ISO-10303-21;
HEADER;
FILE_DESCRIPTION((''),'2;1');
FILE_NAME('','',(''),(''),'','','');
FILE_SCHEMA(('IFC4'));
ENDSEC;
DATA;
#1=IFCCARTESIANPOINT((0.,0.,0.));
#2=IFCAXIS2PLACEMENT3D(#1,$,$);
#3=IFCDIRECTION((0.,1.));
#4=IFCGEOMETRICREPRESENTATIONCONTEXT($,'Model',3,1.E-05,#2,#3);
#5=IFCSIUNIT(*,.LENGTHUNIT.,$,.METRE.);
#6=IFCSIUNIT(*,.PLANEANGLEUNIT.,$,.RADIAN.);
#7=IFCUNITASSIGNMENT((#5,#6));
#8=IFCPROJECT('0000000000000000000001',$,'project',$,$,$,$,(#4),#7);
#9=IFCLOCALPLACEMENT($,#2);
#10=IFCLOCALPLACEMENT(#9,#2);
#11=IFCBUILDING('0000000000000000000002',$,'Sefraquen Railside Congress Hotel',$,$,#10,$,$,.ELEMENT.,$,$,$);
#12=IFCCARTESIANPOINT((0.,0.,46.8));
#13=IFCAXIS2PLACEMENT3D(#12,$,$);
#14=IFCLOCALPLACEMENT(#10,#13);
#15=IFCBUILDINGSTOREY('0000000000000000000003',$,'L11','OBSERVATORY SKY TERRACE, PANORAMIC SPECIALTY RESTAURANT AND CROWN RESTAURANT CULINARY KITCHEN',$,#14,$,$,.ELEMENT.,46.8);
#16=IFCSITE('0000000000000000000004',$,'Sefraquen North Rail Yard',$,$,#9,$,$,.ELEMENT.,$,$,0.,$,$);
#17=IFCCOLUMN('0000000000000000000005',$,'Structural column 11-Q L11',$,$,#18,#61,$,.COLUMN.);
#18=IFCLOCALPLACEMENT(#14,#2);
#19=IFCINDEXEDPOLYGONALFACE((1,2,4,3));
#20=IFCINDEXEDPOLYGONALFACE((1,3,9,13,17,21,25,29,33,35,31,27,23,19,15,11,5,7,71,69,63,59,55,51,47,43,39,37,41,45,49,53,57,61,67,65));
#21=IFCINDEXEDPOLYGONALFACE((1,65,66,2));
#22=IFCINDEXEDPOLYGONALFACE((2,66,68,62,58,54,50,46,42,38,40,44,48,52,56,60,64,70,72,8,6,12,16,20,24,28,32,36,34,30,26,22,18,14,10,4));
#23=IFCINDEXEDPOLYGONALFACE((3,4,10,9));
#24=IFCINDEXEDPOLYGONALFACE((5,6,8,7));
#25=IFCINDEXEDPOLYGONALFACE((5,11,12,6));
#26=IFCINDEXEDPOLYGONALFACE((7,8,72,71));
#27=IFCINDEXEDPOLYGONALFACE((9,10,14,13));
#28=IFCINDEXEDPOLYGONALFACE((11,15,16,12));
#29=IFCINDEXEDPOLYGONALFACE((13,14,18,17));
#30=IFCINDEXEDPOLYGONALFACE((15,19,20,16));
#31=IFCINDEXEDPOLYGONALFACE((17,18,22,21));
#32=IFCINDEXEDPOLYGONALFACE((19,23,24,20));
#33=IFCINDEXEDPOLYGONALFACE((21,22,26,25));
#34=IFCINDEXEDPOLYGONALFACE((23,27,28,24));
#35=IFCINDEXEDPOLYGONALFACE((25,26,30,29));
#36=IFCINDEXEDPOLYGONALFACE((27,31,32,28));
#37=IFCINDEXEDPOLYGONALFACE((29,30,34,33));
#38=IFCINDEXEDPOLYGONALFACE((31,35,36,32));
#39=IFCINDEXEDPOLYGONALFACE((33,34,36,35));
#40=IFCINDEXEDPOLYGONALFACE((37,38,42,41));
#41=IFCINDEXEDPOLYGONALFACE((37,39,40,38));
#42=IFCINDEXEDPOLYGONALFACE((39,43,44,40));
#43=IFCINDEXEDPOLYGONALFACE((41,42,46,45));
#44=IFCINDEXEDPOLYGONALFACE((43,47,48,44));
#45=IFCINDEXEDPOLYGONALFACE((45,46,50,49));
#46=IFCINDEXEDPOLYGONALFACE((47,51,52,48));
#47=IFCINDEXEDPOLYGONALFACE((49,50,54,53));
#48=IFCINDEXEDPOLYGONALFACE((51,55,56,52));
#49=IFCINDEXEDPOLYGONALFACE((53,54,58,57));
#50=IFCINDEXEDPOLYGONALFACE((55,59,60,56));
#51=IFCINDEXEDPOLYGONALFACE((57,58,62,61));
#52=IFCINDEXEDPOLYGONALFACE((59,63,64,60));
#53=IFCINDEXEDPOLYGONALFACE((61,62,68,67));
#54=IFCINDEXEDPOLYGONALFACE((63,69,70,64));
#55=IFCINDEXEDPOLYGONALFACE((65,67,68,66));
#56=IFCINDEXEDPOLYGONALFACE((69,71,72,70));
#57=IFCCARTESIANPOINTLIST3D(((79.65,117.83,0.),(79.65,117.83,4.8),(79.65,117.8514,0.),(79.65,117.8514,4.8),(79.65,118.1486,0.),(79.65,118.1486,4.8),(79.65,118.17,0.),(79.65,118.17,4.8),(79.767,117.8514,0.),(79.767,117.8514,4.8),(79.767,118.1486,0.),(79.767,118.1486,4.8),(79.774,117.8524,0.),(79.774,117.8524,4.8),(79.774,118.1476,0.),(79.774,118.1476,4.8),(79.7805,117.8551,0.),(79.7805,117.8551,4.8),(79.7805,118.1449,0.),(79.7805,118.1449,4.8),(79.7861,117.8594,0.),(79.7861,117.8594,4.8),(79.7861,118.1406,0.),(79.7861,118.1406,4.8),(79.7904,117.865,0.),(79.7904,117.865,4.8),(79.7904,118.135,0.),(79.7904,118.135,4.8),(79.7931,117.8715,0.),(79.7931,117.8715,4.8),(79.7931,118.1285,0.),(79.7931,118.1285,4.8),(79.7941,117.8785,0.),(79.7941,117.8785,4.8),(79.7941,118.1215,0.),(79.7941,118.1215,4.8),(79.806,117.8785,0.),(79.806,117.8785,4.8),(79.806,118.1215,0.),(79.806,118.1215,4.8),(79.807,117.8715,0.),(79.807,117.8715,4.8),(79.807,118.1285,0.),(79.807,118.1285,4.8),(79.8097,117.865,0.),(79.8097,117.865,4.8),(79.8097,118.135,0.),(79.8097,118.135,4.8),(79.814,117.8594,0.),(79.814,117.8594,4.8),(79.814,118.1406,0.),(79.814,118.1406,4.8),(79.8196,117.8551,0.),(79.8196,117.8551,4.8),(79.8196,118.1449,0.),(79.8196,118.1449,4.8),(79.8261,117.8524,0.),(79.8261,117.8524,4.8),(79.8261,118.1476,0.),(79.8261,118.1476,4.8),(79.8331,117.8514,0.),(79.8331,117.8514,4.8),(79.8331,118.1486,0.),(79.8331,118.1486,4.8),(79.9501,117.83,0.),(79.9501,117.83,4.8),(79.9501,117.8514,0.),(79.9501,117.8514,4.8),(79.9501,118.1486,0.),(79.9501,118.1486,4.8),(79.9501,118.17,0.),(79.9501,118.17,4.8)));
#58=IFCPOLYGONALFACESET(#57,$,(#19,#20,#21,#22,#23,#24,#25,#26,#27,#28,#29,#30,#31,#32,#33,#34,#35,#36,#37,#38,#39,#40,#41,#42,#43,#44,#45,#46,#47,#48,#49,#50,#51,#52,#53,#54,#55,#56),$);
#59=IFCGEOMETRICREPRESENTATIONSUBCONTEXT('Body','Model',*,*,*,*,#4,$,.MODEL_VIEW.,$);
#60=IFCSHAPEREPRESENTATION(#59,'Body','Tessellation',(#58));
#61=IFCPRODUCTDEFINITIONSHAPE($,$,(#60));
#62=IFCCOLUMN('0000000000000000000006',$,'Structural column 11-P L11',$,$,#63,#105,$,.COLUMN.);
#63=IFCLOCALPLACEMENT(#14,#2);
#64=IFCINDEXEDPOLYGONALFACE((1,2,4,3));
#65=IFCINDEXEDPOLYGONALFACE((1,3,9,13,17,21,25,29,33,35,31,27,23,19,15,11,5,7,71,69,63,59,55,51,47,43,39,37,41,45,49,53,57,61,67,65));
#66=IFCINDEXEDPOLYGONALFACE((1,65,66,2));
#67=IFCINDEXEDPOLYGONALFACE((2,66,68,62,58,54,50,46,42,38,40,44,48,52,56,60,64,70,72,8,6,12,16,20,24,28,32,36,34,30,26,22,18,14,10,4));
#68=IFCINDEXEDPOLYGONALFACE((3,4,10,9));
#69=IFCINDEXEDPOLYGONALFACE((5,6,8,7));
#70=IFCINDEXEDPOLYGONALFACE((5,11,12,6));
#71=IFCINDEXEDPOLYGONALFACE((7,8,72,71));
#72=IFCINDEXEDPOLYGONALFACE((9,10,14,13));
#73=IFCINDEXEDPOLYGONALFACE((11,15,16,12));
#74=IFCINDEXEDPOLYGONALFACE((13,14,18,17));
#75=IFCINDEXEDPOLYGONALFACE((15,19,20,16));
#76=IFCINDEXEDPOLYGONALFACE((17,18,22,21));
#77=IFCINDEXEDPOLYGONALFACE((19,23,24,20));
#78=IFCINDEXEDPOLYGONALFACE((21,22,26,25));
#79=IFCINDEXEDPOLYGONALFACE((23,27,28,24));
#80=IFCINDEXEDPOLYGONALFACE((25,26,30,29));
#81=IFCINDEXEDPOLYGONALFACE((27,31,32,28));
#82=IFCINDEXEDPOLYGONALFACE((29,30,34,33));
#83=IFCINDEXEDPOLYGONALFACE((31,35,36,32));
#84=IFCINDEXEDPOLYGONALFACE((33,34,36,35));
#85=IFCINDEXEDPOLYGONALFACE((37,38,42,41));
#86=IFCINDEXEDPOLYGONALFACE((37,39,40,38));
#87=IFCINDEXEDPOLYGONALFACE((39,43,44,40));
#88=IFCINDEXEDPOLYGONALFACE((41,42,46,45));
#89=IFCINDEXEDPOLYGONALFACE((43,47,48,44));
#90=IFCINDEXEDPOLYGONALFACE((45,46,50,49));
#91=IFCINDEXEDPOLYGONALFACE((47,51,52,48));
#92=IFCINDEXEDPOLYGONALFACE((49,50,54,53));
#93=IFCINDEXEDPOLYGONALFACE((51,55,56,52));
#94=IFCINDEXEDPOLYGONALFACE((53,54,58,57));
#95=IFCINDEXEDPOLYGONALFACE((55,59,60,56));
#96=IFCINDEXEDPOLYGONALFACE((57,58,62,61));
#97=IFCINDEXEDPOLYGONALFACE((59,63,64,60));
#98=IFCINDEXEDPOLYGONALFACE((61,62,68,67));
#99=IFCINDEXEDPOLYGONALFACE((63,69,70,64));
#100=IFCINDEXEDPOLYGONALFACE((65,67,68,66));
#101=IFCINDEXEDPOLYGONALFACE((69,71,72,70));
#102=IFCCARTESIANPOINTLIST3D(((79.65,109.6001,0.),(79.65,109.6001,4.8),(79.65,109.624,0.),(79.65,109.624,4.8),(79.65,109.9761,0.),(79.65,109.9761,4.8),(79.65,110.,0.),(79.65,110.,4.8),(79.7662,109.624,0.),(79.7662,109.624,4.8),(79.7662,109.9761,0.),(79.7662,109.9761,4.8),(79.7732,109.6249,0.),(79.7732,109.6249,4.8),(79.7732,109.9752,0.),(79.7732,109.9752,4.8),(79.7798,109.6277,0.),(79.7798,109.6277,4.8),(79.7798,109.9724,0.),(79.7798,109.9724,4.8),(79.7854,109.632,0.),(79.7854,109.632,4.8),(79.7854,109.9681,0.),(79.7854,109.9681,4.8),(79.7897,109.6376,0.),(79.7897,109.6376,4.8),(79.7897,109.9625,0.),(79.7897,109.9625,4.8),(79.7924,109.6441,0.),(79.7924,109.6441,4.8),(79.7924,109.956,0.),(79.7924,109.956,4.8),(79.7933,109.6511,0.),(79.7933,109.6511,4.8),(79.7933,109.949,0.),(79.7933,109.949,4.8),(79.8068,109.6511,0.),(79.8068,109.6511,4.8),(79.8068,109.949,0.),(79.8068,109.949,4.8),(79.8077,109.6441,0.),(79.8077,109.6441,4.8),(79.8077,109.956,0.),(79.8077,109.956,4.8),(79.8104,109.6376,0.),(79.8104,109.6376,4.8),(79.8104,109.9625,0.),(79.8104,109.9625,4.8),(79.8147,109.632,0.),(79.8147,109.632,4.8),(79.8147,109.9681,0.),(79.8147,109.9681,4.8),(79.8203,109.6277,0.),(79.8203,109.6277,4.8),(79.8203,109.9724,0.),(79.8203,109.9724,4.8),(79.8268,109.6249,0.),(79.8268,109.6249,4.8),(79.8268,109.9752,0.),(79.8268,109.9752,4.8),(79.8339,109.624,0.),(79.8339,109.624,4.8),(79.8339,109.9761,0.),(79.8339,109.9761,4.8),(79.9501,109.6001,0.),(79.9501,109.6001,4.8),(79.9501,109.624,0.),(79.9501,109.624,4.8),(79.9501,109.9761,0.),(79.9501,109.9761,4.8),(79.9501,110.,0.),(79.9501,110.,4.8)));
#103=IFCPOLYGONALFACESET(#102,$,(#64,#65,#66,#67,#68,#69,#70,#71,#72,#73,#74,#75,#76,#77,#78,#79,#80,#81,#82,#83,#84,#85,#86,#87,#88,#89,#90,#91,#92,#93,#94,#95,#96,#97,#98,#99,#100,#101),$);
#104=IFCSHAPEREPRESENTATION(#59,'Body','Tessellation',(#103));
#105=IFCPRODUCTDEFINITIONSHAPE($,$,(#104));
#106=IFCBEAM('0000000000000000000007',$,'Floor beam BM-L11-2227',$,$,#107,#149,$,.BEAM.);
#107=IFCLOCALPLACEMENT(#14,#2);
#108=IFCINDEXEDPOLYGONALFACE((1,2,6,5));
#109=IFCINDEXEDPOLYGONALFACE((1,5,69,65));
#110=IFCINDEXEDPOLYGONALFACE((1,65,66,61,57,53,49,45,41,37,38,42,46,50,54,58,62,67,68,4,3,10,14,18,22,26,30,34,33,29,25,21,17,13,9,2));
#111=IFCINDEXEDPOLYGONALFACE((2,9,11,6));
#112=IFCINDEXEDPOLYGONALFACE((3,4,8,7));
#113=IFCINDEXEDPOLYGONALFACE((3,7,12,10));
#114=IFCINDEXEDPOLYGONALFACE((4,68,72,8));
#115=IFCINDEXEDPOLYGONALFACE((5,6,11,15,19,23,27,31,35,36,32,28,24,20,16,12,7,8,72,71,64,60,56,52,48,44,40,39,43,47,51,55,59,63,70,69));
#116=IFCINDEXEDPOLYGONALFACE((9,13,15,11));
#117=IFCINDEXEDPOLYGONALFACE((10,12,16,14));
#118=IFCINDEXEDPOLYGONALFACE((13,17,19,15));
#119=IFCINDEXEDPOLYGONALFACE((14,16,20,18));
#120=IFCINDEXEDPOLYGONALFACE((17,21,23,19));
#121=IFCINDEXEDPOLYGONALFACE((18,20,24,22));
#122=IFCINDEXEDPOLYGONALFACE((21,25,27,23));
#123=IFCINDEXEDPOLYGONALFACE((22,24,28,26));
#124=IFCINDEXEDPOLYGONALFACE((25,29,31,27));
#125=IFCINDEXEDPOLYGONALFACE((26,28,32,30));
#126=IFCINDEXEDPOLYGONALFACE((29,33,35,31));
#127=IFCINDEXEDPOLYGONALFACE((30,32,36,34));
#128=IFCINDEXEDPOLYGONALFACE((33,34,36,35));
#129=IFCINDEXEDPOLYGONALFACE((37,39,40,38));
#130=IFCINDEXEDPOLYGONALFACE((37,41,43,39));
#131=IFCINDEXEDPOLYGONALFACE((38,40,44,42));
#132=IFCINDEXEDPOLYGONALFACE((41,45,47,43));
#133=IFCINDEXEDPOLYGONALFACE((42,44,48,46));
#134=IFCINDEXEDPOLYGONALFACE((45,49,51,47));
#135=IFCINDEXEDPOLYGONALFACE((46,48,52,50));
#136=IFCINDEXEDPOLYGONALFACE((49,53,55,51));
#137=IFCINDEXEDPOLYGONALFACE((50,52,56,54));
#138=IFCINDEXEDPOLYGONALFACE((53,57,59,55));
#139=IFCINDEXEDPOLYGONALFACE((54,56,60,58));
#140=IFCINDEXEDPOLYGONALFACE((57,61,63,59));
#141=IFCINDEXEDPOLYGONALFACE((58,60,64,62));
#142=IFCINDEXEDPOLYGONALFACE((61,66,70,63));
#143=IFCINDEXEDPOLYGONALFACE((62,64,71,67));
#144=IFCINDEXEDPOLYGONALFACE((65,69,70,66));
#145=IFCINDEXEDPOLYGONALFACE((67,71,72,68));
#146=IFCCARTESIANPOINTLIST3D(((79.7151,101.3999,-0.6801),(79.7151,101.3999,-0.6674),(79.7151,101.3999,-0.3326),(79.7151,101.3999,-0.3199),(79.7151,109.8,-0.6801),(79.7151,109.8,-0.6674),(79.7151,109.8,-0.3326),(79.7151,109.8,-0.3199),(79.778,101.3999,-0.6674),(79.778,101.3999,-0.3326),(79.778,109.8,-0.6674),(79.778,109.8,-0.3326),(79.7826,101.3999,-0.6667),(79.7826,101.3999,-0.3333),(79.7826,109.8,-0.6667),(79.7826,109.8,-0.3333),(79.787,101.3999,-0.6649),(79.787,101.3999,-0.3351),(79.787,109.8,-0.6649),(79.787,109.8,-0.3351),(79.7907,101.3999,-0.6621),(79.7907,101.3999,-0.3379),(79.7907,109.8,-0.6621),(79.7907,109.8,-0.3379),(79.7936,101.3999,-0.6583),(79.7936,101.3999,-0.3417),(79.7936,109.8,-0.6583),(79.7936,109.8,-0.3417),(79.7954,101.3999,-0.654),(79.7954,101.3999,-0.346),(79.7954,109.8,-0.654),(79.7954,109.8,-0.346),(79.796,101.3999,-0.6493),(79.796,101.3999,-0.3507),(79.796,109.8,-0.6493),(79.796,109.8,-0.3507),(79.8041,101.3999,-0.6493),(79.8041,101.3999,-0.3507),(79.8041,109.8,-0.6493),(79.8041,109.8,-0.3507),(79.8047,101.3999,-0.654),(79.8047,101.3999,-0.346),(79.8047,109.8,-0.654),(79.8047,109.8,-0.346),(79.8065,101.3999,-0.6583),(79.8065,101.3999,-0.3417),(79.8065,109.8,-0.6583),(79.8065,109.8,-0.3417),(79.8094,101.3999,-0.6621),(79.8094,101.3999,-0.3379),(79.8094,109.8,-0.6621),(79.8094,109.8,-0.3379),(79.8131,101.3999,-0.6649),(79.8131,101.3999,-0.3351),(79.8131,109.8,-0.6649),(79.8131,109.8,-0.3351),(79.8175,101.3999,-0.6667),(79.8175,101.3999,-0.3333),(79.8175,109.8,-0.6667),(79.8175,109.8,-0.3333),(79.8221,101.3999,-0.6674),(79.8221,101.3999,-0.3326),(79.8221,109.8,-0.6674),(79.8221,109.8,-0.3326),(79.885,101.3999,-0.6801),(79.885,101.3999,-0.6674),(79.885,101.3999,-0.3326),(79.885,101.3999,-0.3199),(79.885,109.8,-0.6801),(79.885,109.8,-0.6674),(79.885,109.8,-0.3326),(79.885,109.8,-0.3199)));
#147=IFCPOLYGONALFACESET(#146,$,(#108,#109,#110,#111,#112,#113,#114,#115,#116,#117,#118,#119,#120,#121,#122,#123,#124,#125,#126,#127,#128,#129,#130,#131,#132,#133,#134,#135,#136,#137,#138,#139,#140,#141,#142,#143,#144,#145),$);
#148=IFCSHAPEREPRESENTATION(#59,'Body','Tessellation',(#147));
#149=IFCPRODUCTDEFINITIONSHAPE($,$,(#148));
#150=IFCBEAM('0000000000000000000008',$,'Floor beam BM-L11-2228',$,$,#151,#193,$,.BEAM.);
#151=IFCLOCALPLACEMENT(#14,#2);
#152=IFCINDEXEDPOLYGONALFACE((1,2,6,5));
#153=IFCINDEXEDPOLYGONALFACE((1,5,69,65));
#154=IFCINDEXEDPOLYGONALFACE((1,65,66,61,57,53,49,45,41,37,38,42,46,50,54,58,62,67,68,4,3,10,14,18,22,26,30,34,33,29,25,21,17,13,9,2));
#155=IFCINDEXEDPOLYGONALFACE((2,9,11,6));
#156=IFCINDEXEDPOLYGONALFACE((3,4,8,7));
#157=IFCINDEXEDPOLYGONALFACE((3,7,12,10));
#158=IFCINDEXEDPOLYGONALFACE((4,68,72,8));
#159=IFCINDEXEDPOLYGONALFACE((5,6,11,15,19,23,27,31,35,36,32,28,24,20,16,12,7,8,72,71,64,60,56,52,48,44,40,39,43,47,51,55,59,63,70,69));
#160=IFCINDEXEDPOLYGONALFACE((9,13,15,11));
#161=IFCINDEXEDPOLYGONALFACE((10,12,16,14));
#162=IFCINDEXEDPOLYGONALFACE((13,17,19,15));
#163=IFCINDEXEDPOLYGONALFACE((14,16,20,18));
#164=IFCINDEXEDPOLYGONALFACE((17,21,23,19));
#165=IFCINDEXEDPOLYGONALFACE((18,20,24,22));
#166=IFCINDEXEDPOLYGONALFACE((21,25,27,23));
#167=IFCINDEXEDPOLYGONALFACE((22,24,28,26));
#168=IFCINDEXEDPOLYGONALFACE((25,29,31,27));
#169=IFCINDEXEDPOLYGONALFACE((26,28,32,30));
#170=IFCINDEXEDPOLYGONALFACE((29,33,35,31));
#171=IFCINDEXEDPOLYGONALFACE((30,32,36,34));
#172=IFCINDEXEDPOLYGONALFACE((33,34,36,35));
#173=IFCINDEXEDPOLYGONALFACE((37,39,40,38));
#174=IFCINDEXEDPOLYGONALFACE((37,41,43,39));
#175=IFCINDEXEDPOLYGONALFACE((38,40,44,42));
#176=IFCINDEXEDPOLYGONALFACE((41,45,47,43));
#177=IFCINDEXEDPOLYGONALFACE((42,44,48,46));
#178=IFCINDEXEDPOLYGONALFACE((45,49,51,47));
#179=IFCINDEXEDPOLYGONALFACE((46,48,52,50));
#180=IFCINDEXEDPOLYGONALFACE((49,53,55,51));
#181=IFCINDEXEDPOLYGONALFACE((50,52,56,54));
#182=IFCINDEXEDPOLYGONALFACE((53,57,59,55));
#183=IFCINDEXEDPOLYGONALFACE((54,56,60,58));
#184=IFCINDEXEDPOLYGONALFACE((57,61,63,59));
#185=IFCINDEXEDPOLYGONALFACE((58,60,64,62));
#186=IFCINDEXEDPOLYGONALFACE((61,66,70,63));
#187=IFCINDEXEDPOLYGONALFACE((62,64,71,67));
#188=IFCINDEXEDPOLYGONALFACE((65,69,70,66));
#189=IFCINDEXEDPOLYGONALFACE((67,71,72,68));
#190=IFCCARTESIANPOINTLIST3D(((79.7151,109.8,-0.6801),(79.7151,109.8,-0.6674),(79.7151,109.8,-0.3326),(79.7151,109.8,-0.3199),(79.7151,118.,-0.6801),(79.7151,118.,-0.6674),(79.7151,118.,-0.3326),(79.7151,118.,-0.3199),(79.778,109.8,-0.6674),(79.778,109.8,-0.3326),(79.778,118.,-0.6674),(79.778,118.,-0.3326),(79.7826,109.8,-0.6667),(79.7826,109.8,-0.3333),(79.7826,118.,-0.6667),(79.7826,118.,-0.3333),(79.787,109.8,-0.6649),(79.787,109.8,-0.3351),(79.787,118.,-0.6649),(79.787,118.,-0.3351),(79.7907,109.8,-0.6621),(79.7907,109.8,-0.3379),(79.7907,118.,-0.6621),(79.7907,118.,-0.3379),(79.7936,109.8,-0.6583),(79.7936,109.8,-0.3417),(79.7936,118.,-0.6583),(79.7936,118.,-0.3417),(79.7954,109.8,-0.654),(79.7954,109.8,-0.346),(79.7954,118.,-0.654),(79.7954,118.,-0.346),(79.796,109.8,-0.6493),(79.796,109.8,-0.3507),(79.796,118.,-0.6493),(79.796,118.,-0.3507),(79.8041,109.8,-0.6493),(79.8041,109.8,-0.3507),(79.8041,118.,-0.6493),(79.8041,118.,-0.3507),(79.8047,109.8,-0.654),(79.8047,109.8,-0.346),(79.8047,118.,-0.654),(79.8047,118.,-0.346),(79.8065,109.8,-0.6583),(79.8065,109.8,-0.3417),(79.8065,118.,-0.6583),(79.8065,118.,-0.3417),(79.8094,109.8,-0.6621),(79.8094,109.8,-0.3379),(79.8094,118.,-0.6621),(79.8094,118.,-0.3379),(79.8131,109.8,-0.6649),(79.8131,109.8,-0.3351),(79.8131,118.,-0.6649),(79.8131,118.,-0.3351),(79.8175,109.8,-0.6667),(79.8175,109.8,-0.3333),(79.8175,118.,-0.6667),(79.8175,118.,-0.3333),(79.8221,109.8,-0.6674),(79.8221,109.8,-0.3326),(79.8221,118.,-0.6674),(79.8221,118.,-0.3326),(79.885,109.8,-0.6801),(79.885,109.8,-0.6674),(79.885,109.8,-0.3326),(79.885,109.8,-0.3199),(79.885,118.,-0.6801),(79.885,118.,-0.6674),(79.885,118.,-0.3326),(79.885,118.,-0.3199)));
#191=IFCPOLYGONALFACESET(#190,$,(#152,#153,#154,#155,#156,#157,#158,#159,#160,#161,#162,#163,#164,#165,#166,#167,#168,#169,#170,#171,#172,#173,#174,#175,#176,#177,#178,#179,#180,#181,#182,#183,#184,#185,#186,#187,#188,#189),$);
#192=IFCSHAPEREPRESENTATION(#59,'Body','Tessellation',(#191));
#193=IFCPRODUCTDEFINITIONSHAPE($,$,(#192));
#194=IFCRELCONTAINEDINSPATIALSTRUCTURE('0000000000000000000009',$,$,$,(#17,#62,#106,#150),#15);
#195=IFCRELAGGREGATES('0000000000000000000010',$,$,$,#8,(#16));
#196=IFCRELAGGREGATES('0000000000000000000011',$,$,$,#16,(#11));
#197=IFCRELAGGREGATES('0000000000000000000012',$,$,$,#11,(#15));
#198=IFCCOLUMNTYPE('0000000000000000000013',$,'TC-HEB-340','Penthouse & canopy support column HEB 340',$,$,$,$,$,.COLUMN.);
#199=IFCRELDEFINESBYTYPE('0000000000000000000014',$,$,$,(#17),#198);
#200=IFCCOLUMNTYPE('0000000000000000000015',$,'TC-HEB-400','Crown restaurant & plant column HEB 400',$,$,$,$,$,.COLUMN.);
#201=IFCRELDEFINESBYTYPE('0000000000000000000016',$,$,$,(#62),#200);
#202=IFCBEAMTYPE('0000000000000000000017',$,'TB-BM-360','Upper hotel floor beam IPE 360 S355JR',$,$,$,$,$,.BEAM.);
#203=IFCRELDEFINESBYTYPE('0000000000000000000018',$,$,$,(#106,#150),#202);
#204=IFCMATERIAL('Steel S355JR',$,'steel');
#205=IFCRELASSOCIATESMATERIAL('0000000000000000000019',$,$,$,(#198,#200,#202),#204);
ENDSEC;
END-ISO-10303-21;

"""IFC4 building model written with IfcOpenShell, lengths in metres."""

from ifc_helpers import new_model, si_unit, direction, frame, origin, origin_2d, place, context, subcontext, project, spatial, i_section, extrude, material, material_profile, profile_set, type_object, element, save


model = new_model("IFC4")

# Units and contexts
model_context = context("Model", 3, precision=1e-05, world=origin(), true_north=direction((0.0, 1.0)))
body_context = subcontext(model_context, "Body", "Model", "MODEL_VIEW")
ifc_project = project(units=[si_unit("LENGTHUNIT", "METRE"), si_unit("PLANEANGLEUNIT", "RADIAN")], contexts=[model_context])

# Site, building, storey
site_placement = place(None, origin())
site = spatial("IfcSite", under=ifc_project, at=site_placement, Name="Sefraquen North Rail Yard", CompositionType="ELEMENT", RefElevation=0.0)
building_placement = place(site_placement, origin())
building = spatial("IfcBuilding", under=site, at=building_placement, Name="Sefraquen Railside Congress Hotel", CompositionType="ELEMENT")
storey_placement = place(building_placement, frame((0.0, 0.0, 46.8)))
storey = spatial("IfcBuildingStorey", under=building, at=storey_placement, Name="L11", Description="OBSERVATORY SKY TERRACE, PANORAMIC SPECIALTY RESTAURANT AND CROWN RESTAURANT CULINARY KITCHEN", CompositionType="ELEMENT", Elevation=46.8)

# Columns
ifc_material_1 = material(Name="Steel S355JR", Category="steel")
ifc_material_profile_1 = material_profile(ifc_material_1, i_section(OverallWidth=0.3, OverallDepth=0.3401, WebThickness=0.012, FlangeThickness=0.0215, FilletRadius=0.0271, at=origin_2d()), Name="HEB 340")
ifc_profile_set_1 = profile_set([ifc_material_profile_1], Name="Steel S355JR")
column_type_1 = type_object("IfcColumnType", Name="TC-HEB-340", Description="Penthouse & canopy support column HEB 340", PredefinedType="COLUMN", material=ifc_profile_set_1)
column_1_placement = place(storey_placement, frame((79.8, 118.0, 0.0), z_axis=(0.0, 0.0, 1.0), x_axis=(1.0, 0.0, 0.0)))
element("IfcColumn", 1, at=column_1_placement, inside=storey, type_object=column_type_1, Name="Structural column 11-Q L11", PredefinedType="COLUMN", context=body_context, shape_type="SweptSolid", body=[
    extrude(i_section(OverallWidth=0.3, OverallDepth=0.3401, WebThickness=0.012, FlangeThickness=0.0215, FilletRadius=0.0271, at=origin_2d()), origin(), (0.0, 0.0, 1.0), 4.8),
])
ifc_material_profile_2 = material_profile(ifc_material_1, i_section(OverallWidth=0.3, OverallDepth=0.3999, WebThickness=0.0134, FlangeThickness=0.0239, FilletRadius=0.0271, at=origin_2d()), Name="HEB 400")
ifc_profile_set_2 = profile_set([ifc_material_profile_2], Name="Steel S355JR")
column_type_2 = type_object("IfcColumnType", Name="TC-HEB-400", Description="Crown restaurant & plant column HEB 400", PredefinedType="COLUMN", material=ifc_profile_set_2)
column_2_placement = place(storey_placement, frame((79.8, 109.8, 0.0), z_axis=(0.0, 0.0, 1.0), x_axis=(1.0, 0.0, 0.0)))
element("IfcColumn", 2, at=column_2_placement, inside=storey, type_object=column_type_2, Name="Structural column 11-P L11", PredefinedType="COLUMN", context=body_context, shape_type="SweptSolid", body=[
    extrude(i_section(OverallWidth=0.3, OverallDepth=0.3999, WebThickness=0.0134, FlangeThickness=0.0239, FilletRadius=0.0271, at=origin_2d()), origin(), (0.0, 0.0, 1.0), 4.8),
])

# Beams
ifc_material_profile_3 = material_profile(ifc_material_1, i_section(OverallWidth=0.1699, OverallDepth=0.3601, WebThickness=0.0081, FlangeThickness=0.0127, FilletRadius=0.0181, at=origin_2d()), Name="IPE 360")
ifc_profile_set_3 = profile_set([ifc_material_profile_3], Name="Steel S355JR")
beam_type_1 = type_object("IfcBeamType", Name="TB-BM-360", Description="Upper hotel floor beam IPE 360 S355JR", PredefinedType="BEAM", material=ifc_profile_set_3)
beam_1_placement = place(storey_placement, frame((79.8, 101.3999, -0.5), z_axis=(0.0, 1.0, 0.0), x_axis=(-1.0, 0.0, 0.0)))
element("IfcBeam", 3, at=beam_1_placement, inside=storey, type_object=beam_type_1, Name="Floor beam BM-L11-2227", PredefinedType="BEAM", context=body_context, shape_type="SweptSolid", body=[
    extrude(i_section(OverallWidth=0.1699, OverallDepth=0.3601, WebThickness=0.0081, FlangeThickness=0.0127, FilletRadius=0.0181, at=origin_2d()), origin(), (0.0, 0.0, 1.0), 8.4001),
])
beam_2_placement = place(storey_placement, frame((79.8, 109.8, -0.5), z_axis=(0.0, 1.0, 0.0), x_axis=(-1.0, 0.0, 0.0)))
element("IfcBeam", 4, at=beam_2_placement, inside=storey, type_object=beam_type_1, Name="Floor beam BM-L11-2228", PredefinedType="BEAM", context=body_context, shape_type="SweptSolid", body=[
    extrude(i_section(OverallWidth=0.1699, OverallDepth=0.3601, WebThickness=0.0081, FlangeThickness=0.0127, FilletRadius=0.0181, at=origin_2d()), origin(), (0.0, 0.0, 1.0), 8.2),
])

save(model, "model.ifc")
